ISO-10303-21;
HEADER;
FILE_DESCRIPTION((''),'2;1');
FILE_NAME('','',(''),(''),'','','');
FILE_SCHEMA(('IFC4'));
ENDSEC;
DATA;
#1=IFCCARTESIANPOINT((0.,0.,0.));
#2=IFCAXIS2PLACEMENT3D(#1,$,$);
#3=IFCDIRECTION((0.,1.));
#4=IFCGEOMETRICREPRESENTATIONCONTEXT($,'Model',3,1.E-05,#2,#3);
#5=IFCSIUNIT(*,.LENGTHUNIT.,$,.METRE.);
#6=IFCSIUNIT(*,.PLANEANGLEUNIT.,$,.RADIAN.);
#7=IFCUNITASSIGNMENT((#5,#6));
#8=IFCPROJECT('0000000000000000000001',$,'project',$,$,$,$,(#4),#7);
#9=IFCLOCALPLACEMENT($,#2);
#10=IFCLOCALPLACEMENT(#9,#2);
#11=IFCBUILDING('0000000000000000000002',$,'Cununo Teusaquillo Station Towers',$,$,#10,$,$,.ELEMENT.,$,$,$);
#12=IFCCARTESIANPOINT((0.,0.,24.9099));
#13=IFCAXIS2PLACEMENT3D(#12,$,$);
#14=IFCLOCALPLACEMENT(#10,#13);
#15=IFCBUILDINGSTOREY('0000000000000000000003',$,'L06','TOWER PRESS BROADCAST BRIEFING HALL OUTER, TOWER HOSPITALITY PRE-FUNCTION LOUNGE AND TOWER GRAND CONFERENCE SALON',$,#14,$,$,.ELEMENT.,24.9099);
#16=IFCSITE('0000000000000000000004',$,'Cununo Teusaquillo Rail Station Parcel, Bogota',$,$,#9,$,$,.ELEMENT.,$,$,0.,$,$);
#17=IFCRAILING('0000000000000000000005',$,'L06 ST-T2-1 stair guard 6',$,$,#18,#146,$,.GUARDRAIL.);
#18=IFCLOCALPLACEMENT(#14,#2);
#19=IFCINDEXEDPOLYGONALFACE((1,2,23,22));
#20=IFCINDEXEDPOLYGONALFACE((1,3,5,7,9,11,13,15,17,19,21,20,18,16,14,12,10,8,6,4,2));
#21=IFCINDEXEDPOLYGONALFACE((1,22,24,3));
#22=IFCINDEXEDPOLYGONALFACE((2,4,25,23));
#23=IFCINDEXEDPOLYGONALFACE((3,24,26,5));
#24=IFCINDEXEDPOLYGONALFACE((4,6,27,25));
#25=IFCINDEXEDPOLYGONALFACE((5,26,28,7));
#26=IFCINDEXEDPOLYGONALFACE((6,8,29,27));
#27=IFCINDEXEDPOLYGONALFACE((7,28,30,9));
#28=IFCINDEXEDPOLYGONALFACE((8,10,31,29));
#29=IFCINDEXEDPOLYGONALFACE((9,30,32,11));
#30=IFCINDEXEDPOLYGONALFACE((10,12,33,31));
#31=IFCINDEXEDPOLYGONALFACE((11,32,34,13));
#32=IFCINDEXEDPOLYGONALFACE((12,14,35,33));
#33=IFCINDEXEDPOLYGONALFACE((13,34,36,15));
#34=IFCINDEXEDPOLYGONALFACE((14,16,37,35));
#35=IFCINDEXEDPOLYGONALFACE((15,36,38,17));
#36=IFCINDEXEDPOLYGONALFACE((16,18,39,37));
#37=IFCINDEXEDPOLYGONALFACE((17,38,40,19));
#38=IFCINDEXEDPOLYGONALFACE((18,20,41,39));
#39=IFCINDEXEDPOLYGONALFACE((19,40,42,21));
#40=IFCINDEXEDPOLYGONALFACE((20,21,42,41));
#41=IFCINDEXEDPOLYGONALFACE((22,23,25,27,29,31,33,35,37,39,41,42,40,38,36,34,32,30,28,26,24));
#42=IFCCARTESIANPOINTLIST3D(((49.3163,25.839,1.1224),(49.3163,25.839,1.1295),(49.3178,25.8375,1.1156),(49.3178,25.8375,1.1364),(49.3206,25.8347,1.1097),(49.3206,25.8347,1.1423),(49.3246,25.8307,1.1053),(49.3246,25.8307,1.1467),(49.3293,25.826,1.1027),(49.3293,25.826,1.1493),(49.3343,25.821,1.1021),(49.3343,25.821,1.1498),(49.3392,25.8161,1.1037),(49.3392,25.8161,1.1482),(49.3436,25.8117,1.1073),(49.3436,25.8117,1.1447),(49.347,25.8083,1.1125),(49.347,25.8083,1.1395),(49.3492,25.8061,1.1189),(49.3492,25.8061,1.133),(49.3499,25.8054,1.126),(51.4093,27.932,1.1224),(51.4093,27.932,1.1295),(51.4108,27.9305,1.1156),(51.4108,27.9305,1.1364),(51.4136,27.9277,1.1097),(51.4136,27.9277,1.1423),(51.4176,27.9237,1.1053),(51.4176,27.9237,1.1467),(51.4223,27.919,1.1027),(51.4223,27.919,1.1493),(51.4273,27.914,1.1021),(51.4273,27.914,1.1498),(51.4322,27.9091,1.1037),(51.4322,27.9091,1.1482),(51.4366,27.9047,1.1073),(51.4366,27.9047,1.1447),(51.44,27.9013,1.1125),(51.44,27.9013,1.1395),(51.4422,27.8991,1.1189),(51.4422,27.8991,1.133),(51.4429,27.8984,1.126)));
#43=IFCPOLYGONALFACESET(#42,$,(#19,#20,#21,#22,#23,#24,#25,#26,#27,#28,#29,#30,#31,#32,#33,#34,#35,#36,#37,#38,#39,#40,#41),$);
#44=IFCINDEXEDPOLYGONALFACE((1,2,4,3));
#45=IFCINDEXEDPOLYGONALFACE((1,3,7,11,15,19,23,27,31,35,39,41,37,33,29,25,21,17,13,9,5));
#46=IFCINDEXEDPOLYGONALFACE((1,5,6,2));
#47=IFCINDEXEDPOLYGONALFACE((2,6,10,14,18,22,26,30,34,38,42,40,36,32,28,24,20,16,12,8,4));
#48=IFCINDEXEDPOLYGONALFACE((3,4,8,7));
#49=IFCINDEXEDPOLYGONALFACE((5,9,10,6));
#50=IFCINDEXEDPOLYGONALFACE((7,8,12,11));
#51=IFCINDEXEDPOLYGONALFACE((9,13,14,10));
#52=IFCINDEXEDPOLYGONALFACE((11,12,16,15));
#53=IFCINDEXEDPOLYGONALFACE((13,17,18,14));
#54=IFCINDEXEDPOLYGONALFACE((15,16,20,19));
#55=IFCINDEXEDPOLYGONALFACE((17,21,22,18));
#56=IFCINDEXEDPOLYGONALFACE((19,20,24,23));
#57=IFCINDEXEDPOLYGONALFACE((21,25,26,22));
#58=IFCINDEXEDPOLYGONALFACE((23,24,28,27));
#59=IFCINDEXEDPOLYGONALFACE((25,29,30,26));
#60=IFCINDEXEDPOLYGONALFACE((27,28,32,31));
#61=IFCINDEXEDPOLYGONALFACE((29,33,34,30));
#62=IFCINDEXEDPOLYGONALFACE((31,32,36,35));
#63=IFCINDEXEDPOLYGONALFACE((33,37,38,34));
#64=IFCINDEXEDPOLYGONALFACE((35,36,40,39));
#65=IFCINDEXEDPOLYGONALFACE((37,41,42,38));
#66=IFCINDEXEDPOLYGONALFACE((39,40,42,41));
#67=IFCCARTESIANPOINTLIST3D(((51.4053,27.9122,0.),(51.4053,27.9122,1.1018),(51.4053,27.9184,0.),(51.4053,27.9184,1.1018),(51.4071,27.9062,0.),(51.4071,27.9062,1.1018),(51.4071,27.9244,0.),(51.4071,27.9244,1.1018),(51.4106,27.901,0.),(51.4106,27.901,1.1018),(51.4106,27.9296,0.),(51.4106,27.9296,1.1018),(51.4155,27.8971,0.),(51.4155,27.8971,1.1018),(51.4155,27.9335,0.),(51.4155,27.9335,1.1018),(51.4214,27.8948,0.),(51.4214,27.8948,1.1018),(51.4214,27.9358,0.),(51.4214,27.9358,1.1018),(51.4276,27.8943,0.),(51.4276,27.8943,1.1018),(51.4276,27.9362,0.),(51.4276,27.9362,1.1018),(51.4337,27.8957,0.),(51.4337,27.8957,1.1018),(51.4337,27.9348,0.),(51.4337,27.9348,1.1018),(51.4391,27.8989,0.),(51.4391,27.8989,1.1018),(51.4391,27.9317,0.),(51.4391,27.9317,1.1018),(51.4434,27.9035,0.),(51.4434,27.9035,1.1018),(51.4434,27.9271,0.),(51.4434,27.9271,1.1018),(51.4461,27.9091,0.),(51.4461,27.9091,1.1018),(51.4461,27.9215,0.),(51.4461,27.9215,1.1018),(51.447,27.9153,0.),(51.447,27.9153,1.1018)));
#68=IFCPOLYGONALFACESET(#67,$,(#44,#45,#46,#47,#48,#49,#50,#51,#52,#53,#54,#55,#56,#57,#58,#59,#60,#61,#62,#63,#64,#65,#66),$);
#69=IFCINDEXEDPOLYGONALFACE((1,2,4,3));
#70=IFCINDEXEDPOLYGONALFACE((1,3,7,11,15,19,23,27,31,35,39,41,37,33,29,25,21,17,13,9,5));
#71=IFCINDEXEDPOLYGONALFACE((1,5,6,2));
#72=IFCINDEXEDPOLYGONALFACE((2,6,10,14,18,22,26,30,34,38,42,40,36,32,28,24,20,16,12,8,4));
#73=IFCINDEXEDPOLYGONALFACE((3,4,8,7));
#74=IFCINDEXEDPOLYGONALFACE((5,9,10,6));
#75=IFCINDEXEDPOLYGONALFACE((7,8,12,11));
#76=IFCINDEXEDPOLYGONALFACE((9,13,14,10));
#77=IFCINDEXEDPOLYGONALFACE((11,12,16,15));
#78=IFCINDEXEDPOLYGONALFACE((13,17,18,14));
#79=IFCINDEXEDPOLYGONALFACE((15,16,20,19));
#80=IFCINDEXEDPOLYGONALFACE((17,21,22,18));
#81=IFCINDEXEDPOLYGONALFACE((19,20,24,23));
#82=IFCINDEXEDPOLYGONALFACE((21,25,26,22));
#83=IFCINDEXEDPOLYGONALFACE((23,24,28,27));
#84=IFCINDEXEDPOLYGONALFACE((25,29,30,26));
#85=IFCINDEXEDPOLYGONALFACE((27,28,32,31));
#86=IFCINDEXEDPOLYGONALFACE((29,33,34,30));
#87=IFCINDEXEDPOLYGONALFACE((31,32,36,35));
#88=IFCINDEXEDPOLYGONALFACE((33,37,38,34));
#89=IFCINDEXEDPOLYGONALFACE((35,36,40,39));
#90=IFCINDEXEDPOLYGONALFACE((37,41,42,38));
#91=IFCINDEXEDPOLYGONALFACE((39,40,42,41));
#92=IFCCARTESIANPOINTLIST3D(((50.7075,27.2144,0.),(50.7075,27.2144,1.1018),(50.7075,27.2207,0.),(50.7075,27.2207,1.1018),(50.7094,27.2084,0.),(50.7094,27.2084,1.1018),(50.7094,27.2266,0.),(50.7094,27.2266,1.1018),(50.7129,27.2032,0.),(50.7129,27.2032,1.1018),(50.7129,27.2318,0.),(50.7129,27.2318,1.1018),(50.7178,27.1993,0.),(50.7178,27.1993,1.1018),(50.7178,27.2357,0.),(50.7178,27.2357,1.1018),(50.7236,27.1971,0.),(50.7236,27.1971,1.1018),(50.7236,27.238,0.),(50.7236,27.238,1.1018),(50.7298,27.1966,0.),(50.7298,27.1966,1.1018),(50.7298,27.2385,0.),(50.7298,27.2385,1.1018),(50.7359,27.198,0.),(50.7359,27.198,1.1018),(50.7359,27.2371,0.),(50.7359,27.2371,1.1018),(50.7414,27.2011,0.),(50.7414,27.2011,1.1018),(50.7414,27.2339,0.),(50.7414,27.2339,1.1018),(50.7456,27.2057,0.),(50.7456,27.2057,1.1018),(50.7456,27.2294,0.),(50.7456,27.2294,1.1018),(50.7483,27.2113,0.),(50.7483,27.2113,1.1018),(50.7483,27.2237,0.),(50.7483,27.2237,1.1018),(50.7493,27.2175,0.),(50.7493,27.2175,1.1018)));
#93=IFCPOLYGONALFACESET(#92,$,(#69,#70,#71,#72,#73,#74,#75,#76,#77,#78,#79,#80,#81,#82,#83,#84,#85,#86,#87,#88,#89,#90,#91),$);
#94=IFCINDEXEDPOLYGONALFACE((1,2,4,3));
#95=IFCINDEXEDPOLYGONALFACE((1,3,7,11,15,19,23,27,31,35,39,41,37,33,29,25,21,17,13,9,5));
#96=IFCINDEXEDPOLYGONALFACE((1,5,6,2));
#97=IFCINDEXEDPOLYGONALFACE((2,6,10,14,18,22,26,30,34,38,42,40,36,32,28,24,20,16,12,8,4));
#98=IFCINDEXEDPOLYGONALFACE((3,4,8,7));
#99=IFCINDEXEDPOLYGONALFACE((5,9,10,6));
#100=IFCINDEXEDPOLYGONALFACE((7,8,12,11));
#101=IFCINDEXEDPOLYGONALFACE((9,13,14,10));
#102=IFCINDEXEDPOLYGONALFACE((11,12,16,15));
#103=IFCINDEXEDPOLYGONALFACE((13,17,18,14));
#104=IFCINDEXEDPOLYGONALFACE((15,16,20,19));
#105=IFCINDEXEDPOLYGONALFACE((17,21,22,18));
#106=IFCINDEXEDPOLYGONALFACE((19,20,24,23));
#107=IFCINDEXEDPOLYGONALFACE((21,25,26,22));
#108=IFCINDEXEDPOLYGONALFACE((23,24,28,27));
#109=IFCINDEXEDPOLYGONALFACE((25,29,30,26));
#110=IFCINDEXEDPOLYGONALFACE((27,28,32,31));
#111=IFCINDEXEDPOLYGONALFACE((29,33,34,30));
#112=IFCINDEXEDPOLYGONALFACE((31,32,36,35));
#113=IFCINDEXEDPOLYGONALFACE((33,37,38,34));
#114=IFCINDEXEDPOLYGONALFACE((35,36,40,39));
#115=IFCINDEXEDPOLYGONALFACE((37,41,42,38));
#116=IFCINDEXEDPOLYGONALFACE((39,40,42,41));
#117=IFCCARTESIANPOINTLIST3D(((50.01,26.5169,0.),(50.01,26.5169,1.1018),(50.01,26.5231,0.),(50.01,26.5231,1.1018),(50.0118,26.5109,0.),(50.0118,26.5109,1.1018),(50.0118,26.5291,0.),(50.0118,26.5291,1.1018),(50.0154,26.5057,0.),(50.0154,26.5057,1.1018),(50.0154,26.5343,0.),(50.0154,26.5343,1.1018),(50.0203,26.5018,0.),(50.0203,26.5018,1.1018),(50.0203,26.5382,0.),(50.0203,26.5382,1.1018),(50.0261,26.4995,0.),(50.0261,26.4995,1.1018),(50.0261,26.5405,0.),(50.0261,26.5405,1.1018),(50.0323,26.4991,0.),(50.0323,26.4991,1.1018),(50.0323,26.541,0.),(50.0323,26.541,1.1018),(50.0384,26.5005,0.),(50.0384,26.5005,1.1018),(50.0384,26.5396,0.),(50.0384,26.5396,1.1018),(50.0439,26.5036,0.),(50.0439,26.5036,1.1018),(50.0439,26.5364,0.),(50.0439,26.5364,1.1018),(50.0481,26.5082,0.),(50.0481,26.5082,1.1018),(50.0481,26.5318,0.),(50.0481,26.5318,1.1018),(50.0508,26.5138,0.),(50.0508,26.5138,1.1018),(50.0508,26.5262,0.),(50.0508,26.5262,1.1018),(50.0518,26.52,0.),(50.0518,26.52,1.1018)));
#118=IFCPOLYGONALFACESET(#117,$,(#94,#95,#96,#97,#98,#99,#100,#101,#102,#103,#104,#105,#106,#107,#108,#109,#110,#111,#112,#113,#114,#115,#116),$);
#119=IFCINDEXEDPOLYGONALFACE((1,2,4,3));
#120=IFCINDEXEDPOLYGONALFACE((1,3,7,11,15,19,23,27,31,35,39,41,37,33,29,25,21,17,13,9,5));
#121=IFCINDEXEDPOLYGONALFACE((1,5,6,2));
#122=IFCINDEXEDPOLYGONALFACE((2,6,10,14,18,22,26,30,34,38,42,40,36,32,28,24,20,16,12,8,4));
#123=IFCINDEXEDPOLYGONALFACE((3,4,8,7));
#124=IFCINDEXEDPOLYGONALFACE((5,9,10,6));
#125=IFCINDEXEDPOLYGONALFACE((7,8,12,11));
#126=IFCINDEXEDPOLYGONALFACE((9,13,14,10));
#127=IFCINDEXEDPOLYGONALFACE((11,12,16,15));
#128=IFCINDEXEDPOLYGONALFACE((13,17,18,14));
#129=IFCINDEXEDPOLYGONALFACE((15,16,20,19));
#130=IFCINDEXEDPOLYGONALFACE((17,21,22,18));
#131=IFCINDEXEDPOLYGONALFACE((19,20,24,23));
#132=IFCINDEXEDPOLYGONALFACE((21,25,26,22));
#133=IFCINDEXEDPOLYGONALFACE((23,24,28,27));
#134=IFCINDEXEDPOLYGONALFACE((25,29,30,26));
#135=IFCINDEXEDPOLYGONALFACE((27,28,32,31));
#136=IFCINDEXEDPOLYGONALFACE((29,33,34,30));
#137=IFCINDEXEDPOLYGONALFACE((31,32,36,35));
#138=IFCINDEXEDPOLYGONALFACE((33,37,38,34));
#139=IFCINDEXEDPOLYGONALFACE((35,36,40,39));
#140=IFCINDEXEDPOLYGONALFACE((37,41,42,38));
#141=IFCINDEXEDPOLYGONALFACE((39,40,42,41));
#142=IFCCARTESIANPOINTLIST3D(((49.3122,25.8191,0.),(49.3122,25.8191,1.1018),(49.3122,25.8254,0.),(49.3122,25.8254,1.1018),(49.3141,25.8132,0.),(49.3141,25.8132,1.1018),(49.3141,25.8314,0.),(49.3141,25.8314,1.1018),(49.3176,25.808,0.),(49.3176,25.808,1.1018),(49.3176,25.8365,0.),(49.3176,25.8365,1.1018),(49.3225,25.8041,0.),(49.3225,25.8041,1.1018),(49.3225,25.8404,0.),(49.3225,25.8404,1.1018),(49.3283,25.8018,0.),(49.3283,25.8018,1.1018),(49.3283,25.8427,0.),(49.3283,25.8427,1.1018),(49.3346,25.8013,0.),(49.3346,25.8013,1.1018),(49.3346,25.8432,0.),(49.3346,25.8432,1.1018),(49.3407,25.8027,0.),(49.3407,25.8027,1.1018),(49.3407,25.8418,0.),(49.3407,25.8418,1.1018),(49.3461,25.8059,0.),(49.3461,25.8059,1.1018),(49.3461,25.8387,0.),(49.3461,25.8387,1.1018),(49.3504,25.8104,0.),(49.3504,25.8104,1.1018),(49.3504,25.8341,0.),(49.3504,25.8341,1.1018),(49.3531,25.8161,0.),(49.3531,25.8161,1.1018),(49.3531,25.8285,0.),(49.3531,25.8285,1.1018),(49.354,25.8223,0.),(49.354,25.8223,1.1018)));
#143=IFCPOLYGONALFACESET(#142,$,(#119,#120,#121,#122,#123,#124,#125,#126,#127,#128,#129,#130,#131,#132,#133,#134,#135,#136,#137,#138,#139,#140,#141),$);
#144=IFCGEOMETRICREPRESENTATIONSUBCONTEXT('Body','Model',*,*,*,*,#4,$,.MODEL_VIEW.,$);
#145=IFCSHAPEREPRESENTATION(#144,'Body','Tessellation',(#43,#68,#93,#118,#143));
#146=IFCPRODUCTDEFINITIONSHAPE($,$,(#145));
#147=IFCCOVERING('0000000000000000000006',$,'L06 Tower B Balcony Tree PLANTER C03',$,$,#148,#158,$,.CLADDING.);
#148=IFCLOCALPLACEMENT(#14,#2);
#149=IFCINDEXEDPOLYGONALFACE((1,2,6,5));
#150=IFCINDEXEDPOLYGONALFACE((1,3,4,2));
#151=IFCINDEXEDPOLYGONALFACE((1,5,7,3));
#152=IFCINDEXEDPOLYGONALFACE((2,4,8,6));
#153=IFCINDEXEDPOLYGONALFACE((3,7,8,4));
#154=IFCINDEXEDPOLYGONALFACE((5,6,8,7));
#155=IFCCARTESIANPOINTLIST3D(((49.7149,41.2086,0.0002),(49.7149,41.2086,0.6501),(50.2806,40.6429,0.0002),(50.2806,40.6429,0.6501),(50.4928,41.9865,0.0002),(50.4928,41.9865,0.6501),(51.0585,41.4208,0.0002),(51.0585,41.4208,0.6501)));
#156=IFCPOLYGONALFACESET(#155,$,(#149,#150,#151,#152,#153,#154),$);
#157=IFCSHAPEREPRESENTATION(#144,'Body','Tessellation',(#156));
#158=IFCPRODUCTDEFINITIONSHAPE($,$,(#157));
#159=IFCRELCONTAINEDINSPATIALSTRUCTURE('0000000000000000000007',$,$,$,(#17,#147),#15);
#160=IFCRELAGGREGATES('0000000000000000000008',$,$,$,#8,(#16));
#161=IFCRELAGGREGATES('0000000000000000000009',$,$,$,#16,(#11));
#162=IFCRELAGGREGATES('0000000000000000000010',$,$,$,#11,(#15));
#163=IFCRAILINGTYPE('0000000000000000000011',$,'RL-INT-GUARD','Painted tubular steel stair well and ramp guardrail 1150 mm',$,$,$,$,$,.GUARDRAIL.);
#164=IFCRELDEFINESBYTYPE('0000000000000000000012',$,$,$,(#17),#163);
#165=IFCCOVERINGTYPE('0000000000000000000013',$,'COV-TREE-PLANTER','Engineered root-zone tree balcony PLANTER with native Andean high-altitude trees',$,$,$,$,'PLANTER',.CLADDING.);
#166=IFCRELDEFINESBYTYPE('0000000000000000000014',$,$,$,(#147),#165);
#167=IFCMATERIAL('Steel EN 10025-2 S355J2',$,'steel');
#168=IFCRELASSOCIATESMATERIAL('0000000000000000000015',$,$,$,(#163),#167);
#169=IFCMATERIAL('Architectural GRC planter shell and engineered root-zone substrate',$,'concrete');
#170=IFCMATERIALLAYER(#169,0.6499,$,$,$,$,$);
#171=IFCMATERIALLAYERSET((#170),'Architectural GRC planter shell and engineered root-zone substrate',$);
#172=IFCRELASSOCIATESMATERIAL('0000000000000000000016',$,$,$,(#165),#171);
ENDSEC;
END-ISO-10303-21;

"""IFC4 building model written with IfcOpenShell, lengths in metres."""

from ifc_helpers import new_model, si_unit, direction, frame, origin, origin_2d, place, context, subcontext, project, spatial, rectangle, circle, extrude, source, transform, mapped, material, layer, layer_set, type_object, element, save


model = new_model("IFC4")

# Units and contexts
model_context = context("Model", 3, precision=1e-05, world=origin(), true_north=direction((0.0, 1.0)))
body_context = subcontext(model_context, "Body", "Model", "MODEL_VIEW")
ifc_project = project(units=[si_unit("LENGTHUNIT", "METRE"), si_unit("PLANEANGLEUNIT", "RADIAN")], contexts=[model_context])

# Site, building, storey
site_placement = place(None, origin())
site = spatial("IfcSite", under=ifc_project, at=site_placement, Name="Cununo Teusaquillo Rail Station Parcel, Bogota", CompositionType="ELEMENT", RefElevation=0.0)
building_placement = place(site_placement, origin())
building = spatial("IfcBuilding", under=site, at=building_placement, Name="Cununo Teusaquillo Station Towers", CompositionType="ELEMENT")
storey_placement = place(building_placement, frame((0.0, 0.0, 24.9099)))
storey = spatial("IfcBuildingStorey", under=building, at=storey_placement, Name="L06", Description="TOWER PRESS BROADCAST BRIEFING HALL OUTER, TOWER HOSPITALITY PRE-FUNCTION LOUNGE AND TOWER GRAND CONFERENCE SALON", CompositionType="ELEMENT", Elevation=24.9099)

# Railing
ifc_material_1 = material(Name="Steel EN 10025-2 S355J2", Category="steel")
railing_type_1 = type_object("IfcRailingType", Name="RL-INT-GUARD", Description="Painted tubular steel stair well and ramp guardrail 1150 mm", PredefinedType="GUARDRAIL", material=ifc_material_1)
railing_1_placement = place(storey_placement, frame((51.426, 27.9153, 0.0)))
element("IfcRailing", 1, at=railing_1_placement, inside=storey, type_object=railing_type_1, Name="L06 ST-T2-1 stair guard 6", PredefinedType="GUARDRAIL", context=body_context, shape_type="SweptSolid", body=[
    extrude(circle(Radius=0.0239, at=origin_2d()), frame((0.0, 0.0, 1.126), z_axis=(-0.707107, -0.707107, 0.0), x_axis=(0.707107, -0.707107, 0.0)), (0.0, 0.0, 1.0), 2.96),
    extrude(circle(Radius=0.021, at=origin_2d()), origin(), (0.0, 0.0, 1.0), 1.1018),
    extrude(circle(Radius=0.021, at=origin_2d()), frame((-0.6978, -0.6978, 0.0)), (0.0, 0.0, 1.0), 1.1018),
    extrude(circle(Radius=0.021, at=origin_2d()), frame((-1.3953, -1.3953, 0.0)), (0.0, 0.0, 1.0), 1.1018),
    extrude(circle(Radius=0.021, at=origin_2d()), frame((-2.093, -2.093, 0.0)), (0.0, 0.0, 1.0), 1.1018),
])

# Covering
ifc_material_2 = material(Name="Architectural GRC planter shell and engineered root-zone substrate", Category="concrete")
ifc_layer_1 = layer(ifc_material_2, 0.6499)
ifc_layer_set_1 = layer_set([ifc_layer_1], Name="Architectural GRC planter shell and engineered root-zone substrate")
covering_type = type_object("IfcCoveringType", Name="COV-TREE-PLANTER", Description="Engineered root-zone tree balcony PLANTER with native Andean high-altitude trees", ElementType="PLANTER", PredefinedType="CLADDING", material=ifc_layer_set_1)
shared_shape_1 = source(origin(), body_context, "Body", "SweptSolid", [
    extrude(rectangle(XDim=1.1001, YDim=0.8, at=origin_2d()), origin(), (0.0, 0.0, 1.0), 0.6499),
])
covering_placement = place(storey_placement, frame((50.3867, 41.3147, 0.0002), z_axis=(0.0, 0.0, 1.0), x_axis=(0.707107, 0.707107, 0.0)))
element("IfcCovering", 2, at=covering_placement, inside=storey, type_object=covering_type, Name="L06 Tower B Balcony Tree PLANTER C03", PredefinedType="CLADDING", context=body_context, shape_type="MappedRepresentation", body=[
    mapped(shared_shape_1, transform((0.0, 0.0, 0.0), x_axis=(1.0, 0.0, 0.0), y_axis=(0.0, 1.0, 0.0), z_axis=(0.0, 0.0, 1.0), scale=1.0)),
])

save(model, "model.ifc")
